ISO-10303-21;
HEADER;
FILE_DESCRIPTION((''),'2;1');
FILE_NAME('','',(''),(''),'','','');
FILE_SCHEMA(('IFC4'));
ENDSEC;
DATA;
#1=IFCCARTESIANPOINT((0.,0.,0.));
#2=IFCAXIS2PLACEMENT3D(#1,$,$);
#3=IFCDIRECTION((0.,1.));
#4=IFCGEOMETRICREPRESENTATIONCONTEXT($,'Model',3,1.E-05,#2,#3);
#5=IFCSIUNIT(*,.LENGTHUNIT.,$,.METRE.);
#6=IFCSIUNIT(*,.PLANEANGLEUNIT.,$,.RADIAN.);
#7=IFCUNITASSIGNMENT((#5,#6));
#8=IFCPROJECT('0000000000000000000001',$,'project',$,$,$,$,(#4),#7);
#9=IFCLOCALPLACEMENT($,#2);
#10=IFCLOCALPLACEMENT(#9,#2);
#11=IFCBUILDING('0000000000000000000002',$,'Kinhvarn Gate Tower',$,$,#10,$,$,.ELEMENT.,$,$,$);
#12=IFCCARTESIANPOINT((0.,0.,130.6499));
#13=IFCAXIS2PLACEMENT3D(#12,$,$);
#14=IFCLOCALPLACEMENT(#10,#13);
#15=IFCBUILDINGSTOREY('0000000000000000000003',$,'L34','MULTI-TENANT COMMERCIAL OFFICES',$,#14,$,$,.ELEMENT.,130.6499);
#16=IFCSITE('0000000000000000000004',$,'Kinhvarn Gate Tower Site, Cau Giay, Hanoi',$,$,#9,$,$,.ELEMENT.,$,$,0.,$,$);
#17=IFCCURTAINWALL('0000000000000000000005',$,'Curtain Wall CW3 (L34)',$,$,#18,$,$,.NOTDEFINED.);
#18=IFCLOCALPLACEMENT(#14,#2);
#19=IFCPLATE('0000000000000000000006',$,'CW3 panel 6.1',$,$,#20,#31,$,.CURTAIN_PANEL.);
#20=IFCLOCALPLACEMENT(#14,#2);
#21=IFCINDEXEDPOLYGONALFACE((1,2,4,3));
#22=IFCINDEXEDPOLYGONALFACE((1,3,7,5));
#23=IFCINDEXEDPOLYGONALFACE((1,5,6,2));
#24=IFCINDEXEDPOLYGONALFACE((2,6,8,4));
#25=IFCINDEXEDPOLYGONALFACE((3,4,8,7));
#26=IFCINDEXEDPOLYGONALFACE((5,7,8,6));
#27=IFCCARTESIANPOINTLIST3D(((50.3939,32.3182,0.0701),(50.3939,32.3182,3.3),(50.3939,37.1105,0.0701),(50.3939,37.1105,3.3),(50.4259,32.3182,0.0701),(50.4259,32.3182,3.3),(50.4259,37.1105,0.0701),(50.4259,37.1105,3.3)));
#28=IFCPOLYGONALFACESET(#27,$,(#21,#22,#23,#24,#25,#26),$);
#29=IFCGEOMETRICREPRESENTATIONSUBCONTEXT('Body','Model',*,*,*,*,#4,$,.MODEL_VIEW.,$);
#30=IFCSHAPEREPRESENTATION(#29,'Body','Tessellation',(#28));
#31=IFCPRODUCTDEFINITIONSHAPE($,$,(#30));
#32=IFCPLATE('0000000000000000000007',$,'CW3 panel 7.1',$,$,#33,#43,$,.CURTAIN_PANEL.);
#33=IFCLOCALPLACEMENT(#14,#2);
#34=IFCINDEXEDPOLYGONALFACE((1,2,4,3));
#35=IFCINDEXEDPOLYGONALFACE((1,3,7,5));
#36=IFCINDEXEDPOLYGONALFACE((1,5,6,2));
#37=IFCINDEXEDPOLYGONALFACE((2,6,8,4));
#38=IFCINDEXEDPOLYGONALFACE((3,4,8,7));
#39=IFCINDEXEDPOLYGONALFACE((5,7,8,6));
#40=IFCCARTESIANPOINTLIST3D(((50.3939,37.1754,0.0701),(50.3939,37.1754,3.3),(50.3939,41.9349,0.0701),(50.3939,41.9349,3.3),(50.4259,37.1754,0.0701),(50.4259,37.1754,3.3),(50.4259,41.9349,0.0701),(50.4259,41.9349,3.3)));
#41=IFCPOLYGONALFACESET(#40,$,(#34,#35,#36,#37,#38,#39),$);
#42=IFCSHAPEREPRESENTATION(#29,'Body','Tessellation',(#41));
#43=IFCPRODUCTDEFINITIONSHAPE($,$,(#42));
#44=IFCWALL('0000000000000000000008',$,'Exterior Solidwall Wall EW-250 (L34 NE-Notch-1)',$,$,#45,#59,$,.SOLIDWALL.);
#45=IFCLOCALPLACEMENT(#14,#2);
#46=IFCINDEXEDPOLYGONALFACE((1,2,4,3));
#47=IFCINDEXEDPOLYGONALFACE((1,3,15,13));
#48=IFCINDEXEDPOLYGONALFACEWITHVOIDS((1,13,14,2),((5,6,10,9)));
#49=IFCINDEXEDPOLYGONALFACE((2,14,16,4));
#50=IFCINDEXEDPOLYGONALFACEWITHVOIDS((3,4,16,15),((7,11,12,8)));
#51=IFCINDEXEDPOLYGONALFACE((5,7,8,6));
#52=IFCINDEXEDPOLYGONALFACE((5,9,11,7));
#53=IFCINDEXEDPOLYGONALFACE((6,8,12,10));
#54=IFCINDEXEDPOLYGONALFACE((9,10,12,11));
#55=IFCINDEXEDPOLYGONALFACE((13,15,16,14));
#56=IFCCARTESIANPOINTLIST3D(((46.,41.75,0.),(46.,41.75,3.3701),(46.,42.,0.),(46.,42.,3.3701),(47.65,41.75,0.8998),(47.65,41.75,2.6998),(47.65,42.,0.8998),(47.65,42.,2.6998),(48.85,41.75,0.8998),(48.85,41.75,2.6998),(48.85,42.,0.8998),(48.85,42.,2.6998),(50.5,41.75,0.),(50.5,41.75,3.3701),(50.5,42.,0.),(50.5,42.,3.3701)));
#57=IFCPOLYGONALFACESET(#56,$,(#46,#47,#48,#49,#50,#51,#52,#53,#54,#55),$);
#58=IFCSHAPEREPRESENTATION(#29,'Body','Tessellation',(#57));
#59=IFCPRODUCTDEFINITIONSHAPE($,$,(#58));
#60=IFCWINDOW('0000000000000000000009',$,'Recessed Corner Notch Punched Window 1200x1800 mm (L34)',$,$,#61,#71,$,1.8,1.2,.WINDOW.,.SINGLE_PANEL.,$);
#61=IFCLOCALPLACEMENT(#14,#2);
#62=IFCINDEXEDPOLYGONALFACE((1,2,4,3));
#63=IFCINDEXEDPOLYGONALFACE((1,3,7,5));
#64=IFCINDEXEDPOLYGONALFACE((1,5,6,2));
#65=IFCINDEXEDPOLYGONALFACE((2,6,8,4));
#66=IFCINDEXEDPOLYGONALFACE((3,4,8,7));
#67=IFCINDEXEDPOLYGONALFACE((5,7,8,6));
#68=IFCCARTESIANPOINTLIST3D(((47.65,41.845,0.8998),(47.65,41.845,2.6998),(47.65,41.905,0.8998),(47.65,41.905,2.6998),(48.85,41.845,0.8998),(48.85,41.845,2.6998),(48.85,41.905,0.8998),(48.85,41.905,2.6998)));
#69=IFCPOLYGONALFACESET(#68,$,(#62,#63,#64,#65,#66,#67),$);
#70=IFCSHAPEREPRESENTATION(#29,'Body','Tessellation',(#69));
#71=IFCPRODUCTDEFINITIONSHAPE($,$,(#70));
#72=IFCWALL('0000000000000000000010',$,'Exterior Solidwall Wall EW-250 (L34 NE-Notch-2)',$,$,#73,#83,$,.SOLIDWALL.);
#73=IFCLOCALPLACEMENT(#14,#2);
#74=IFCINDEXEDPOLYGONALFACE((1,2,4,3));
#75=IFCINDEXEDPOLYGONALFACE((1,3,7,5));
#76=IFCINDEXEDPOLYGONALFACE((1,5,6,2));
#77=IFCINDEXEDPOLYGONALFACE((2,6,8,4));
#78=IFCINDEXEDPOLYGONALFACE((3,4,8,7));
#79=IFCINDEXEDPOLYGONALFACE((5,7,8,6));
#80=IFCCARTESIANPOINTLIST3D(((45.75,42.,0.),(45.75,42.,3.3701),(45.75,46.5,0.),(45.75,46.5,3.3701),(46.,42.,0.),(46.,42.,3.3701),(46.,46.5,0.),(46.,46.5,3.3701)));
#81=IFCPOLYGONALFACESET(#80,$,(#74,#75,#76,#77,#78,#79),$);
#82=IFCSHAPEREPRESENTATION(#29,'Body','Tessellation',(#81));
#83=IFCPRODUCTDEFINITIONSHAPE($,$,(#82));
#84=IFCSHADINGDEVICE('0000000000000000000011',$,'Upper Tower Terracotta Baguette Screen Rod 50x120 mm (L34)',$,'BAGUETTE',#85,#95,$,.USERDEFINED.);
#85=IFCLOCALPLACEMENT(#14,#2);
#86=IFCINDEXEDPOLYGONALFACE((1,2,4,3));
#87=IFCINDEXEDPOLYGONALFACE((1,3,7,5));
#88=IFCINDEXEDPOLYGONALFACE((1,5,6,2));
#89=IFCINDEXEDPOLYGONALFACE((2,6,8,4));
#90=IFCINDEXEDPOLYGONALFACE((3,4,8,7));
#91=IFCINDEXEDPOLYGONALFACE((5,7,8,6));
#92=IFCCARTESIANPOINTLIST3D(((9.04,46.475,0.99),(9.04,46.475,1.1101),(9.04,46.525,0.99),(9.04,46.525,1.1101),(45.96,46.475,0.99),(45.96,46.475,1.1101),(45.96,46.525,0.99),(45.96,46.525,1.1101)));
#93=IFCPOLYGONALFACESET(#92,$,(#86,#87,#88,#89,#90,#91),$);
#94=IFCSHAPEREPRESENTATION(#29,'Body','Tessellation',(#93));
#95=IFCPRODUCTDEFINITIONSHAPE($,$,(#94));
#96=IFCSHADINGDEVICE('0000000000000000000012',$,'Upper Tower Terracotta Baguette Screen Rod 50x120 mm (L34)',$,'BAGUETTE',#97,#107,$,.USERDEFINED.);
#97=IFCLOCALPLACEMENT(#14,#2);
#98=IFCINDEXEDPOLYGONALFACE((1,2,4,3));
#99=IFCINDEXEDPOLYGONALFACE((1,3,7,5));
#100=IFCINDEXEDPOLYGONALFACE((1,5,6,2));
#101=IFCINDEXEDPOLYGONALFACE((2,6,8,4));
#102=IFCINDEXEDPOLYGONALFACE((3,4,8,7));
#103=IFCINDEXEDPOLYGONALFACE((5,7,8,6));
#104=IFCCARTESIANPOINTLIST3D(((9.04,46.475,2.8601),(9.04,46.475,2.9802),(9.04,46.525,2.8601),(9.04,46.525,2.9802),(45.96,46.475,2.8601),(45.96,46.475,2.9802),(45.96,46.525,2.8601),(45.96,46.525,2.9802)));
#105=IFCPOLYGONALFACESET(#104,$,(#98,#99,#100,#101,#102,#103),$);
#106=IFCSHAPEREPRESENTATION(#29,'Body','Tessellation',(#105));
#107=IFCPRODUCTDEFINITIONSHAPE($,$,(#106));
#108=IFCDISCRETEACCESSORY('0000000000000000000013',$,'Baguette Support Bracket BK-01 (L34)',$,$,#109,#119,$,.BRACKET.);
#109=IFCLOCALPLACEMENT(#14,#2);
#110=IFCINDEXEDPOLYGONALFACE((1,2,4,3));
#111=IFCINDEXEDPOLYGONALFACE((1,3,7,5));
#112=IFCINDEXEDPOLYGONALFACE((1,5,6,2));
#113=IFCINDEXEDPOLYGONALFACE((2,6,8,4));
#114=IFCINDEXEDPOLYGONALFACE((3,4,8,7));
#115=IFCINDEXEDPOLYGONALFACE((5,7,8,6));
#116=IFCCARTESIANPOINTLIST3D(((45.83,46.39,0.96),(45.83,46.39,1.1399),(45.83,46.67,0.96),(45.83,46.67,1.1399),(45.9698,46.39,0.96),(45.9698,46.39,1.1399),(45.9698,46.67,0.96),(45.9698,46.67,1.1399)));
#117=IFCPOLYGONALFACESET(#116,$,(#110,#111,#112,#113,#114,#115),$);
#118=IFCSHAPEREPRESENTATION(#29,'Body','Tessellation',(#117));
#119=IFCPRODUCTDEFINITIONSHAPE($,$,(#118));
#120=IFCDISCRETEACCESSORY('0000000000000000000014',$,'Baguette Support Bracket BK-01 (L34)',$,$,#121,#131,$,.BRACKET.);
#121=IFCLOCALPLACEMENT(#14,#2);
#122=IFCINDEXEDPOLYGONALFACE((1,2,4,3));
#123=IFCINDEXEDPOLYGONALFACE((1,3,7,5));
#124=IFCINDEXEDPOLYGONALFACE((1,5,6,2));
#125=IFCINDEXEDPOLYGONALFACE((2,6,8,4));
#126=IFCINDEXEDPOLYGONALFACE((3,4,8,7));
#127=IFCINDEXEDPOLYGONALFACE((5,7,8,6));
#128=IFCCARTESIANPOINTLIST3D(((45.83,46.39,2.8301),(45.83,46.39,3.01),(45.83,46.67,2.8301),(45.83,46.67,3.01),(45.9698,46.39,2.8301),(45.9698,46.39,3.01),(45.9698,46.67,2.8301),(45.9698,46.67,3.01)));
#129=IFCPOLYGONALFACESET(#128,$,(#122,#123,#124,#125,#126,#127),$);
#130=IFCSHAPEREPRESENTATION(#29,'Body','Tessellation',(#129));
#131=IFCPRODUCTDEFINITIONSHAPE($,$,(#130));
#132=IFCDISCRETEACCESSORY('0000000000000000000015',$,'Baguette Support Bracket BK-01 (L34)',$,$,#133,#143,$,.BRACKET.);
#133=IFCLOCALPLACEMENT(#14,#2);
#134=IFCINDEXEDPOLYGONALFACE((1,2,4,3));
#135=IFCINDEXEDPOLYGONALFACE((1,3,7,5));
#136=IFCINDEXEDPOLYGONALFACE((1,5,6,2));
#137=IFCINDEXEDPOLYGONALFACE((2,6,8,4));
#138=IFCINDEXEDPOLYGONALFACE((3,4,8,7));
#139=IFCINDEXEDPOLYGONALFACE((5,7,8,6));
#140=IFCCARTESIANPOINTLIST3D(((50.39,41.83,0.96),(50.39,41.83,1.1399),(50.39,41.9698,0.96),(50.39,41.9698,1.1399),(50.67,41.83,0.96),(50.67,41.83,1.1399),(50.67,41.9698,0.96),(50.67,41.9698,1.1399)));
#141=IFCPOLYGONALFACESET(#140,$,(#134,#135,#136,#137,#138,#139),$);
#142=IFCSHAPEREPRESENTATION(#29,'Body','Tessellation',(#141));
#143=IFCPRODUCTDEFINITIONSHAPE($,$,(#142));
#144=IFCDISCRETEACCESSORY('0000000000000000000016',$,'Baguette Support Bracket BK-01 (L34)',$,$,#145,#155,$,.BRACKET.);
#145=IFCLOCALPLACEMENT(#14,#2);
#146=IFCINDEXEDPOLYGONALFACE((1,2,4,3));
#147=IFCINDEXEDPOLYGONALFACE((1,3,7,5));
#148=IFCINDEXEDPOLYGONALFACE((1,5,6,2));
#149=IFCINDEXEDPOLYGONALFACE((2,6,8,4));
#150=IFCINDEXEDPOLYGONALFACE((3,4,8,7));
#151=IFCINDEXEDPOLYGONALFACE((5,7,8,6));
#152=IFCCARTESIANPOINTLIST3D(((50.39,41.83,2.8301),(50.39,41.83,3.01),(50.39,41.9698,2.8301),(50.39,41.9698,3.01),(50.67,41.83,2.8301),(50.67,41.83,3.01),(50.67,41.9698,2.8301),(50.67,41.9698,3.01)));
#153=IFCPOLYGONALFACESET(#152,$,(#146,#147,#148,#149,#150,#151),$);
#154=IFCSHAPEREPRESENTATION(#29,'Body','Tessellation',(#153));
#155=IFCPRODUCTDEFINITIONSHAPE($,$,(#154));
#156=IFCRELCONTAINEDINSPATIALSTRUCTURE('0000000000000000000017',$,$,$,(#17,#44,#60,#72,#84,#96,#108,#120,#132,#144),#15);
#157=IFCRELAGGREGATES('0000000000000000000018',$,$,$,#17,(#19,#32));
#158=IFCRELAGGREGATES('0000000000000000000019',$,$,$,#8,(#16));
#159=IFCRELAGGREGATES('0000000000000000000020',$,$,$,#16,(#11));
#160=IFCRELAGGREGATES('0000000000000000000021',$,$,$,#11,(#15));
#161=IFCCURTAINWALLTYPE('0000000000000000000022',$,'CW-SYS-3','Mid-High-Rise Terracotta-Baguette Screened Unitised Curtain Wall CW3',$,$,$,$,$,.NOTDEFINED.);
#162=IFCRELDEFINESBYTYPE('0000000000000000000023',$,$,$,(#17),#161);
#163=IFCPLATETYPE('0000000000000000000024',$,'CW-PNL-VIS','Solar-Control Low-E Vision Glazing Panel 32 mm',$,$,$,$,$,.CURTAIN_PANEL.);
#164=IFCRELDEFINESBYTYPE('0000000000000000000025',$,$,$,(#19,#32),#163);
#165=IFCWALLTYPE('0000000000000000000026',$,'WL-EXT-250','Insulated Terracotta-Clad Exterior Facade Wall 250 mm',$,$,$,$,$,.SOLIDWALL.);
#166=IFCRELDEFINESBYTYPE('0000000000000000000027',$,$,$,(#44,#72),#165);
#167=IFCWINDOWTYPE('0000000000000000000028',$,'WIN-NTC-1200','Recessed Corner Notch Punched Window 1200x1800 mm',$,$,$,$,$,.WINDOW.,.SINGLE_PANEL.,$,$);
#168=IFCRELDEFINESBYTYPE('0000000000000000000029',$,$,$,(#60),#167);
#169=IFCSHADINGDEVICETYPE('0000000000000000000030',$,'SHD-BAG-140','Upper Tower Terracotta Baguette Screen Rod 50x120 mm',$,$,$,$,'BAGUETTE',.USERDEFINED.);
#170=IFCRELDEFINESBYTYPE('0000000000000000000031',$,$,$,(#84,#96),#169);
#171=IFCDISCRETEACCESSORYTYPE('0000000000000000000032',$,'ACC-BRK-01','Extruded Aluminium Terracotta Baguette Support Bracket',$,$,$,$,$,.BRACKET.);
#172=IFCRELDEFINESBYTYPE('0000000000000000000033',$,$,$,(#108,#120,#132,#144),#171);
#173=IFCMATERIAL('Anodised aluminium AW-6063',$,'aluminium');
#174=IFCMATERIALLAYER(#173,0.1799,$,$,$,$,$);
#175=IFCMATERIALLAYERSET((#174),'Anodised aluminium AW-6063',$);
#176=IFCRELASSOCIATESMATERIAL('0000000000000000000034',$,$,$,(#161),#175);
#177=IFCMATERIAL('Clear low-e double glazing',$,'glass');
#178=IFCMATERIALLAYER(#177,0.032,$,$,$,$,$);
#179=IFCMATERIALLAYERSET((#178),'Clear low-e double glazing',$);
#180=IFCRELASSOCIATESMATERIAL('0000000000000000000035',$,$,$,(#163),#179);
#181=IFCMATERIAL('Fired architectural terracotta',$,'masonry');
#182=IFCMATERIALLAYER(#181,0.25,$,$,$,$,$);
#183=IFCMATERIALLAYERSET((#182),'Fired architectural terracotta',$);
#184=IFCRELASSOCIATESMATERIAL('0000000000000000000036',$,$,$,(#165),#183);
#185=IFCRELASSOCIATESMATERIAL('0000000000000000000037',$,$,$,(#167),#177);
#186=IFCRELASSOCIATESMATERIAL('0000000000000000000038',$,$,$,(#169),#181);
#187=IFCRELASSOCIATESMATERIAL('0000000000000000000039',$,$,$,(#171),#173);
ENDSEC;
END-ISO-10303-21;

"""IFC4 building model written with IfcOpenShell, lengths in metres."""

from ifc_helpers import new_model, si_unit, direction, frame, frame_2d, origin, origin_2d, place, context, subcontext, project, spatial, rectangle, extrude, material, layer, layer_set, material_profile, profile_set, type_object, element, fill, aggregate, save


model = new_model("IFC4")

# Units and contexts
model_context = context("Model", 3, precision=1e-05, world=origin(), true_north=direction((0.0, 1.0)))
body_context = subcontext(model_context, "Body", "Model", "MODEL_VIEW")
ifc_project = project(units=[si_unit("LENGTHUNIT", "METRE"), si_unit("PLANEANGLEUNIT", "RADIAN")], contexts=[model_context])

# Site, building, storey
site_placement = place(None, origin())
site = spatial("IfcSite", under=ifc_project, at=site_placement, Name="Kinhvarn Gate Tower Site, Cau Giay, Hanoi", CompositionType="ELEMENT", RefElevation=0.0)
building_placement = place(site_placement, origin())
building = spatial("IfcBuilding", under=site, at=building_placement, Name="Kinhvarn Gate Tower", CompositionType="ELEMENT")
storey_placement = place(building_placement, frame((0.0, 0.0, 130.6499)))
storey = spatial("IfcBuildingStorey", under=building, at=storey_placement, Name="L34", Description="MULTI-TENANT COMMERCIAL OFFICES", CompositionType="ELEMENT", Elevation=130.6499)

# Curtain wall
ifc_material_1 = material(Name="Anodised aluminium AW-6063", Category="aluminium")
ifc_layer_1 = layer(ifc_material_1, 0.1799)
ifc_layer_set_1 = layer_set([ifc_layer_1], Name="Anodised aluminium AW-6063")
curtain_wall_type = type_object("IfcCurtainWallType", Name="CW-SYS-3", Description="Mid-High-Rise Terracotta-Baguette Screened Unitised Curtain Wall CW3", PredefinedType="NOTDEFINED", material=ifc_layer_set_1)
curtain_wall_1_placement = place(storey_placement, origin())
curtain_wall_1 = element("IfcCurtainWall", 1, at=curtain_wall_1_placement, inside=storey, type_object=curtain_wall_type, Name="Curtain Wall CW3 (L34)", PredefinedType="NOTDEFINED")

# Plates
ifc_material_2 = material(Name="Clear low-e double glazing", Category="glass")
ifc_layer_2 = layer(ifc_material_2, 0.032)
ifc_layer_set_2 = layer_set([ifc_layer_2], Name="Clear low-e double glazing")
plate_type = type_object("IfcPlateType", Name="CW-PNL-VIS", Description="Solar-Control Low-E Vision Glazing Panel 32 mm", PredefinedType="CURTAIN_PANEL", material=ifc_layer_set_2)
plate_1_placement = place(storey_placement, frame((50.4099, 34.7144, 0.0701), z_axis=(0.0, 0.0, 1.0), x_axis=(0.0, 1.0, 0.0)))
plate_1 = element("IfcPlate", 2, at=plate_1_placement, type_object=plate_type, Name="CW3 panel 6.1", PredefinedType="CURTAIN_PANEL", context=body_context, shape_type="SweptSolid", body=[
    extrude(rectangle(XDim=4.7922, YDim=0.032, at=origin_2d()), origin(), (0.0, 0.0, 1.0), 3.23),
])
plate_2_placement = place(storey_placement, frame((50.4099, 39.5552, 0.0701), z_axis=(0.0, 0.0, 1.0), x_axis=(0.0, 1.0, 0.0)))
plate_2 = element("IfcPlate", 3, at=plate_2_placement, type_object=plate_type, Name="CW3 panel 7.1", PredefinedType="CURTAIN_PANEL", context=body_context, shape_type="SweptSolid", body=[
    extrude(rectangle(XDim=4.7595, YDim=0.032, at=origin_2d()), origin(), (0.0, 0.0, 1.0), 3.23),
])
aggregate(curtain_wall_1, [plate_1, plate_2])

# Wall, opening, window
ifc_material_3 = material(Name="Fired architectural terracotta", Category="masonry")
ifc_layer_3 = layer(ifc_material_3, 0.25)
ifc_layer_set_3 = layer_set([ifc_layer_3], Name="Fired architectural terracotta")
wall_type = type_object("IfcWallType", Name="WL-EXT-250", Description="Insulated Terracotta-Clad Exterior Facade Wall 250 mm", PredefinedType="SOLIDWALL", material=ifc_layer_set_3)
wall_1_placement = place(storey_placement, frame((50.5, 41.875, 0.0), z_axis=(0.0, 0.0, 1.0), x_axis=(-1.0, 0.0, 0.0)))
wall_1 = element("IfcWall", 4, at=wall_1_placement, inside=storey, type_object=wall_type, Name="Exterior Solidwall Wall EW-250 (L34 NE-Notch-1)", PredefinedType="SOLIDWALL", context=body_context, shape_type="SweptSolid", body=[
    extrude(rectangle(XDim=4.5, YDim=0.25, at=frame_2d((2.25, 0.0))), origin(), (0.0, 0.0, 1.0), 3.3701),
])
opening_placement = place(wall_1_placement, frame((1.6499, 0.0, 0.8999)))
opening = element("IfcOpeningElement", 5, at=opening_placement, cuts=wall_1, PredefinedType="OPENING", context=body_context, shape_type="SweptSolid", body=[
    extrude(rectangle(XDim=1.2, YDim=1.8, at=frame_2d((0.6001, 0.8999))), frame((0.0, 0.135, 0.0), z_axis=(0.0, -1.0, 0.0), x_axis=(1.0, 0.0, 0.0)), (0.0, 0.0, 1.0), 0.27),
])
window_type = type_object("IfcWindowType", Name="WIN-NTC-1200", Description="Recessed Corner Notch Punched Window 1200x1800 mm", PartitioningType="SINGLE_PANEL", PredefinedType="WINDOW", material=ifc_material_2)
window_placement = place(opening_placement, origin())
window = element("IfcWindow", 6, at=window_placement, inside=storey, type_object=window_type, Name="Recessed Corner Notch Punched Window 1200x1800 mm (L34)", OverallHeight=1.8, OverallWidth=1.2, PartitioningType="SINGLE_PANEL", PredefinedType="WINDOW", context=body_context, shape_type="SweptSolid", body=[
    extrude(rectangle(XDim=1.2, YDim=1.8, at=frame_2d((0.6001, 0.8999))), frame((0.0, 0.03, 0.0), z_axis=(0.0, -1.0, 0.0), x_axis=(1.0, 0.0, 0.0)), (0.0, 0.0, 1.0), 0.0601),
])
fill(opening, window)

# Wall
wall_2_placement = place(storey_placement, frame((45.875, 42.0, 0.0), z_axis=(0.0, 0.0, 1.0), x_axis=(0.0, 1.0, 0.0)))
element("IfcWall", 7, at=wall_2_placement, inside=storey, type_object=wall_type, Name="Exterior Solidwall Wall EW-250 (L34 NE-Notch-2)", PredefinedType="SOLIDWALL", context=body_context, shape_type="SweptSolid", body=[
    extrude(rectangle(XDim=4.5, YDim=0.25, at=frame_2d((2.25, 0.0))), origin(), (0.0, 0.0, 1.0), 3.3701),
])

# Shading devices
ifc_material_profile_1 = material_profile(ifc_material_3, rectangle(XDim=0.05, YDim=0.1201, at=origin_2d()), Name="TC 50x120")
ifc_profile_set_1 = profile_set([ifc_material_profile_1], Name="Fired architectural terracotta")
shading_device_type = type_object("IfcShadingDeviceType", Name="SHD-BAG-140", Description="Upper Tower Terracotta Baguette Screen Rod 50x120 mm", ElementType="BAGUETTE", PredefinedType="USERDEFINED", material=ifc_profile_set_1)
for number, where, z_axis, x_axis, name in (
    (8, (45.96, 46.5, 1.05), (-1.0, 0.0, 0.0), (0.0, -1.0, 0.0), "Upper Tower Terracotta Baguette Screen Rod 50x120 mm (L34)"),
    (9, (45.96, 46.5, 2.9202), (-1.0, 0.0, 0.0), (0.0, -1.0, 0.0), "Upper Tower Terracotta Baguette Screen Rod 50x120 mm (L34)"),
):
    element("IfcShadingDevice", number, at=place(storey_placement, frame(where, z_axis=z_axis, x_axis=x_axis)), inside=storey, type_object=shading_device_type, Name=name, ObjectType="BAGUETTE", PredefinedType="USERDEFINED", context=body_context, shape_type="SweptSolid", body=[
        extrude(rectangle(XDim=0.05, YDim=0.1201, at=origin_2d()), origin(), (0.0, 0.0, 1.0), 36.9199),
    ])

# Discrete accessories
discrete_accessory_type = type_object("IfcDiscreteAccessoryType", Name="ACC-BRK-01", Description="Extruded Aluminium Terracotta Baguette Support Bracket", PredefinedType="BRACKET", material=ifc_material_1)
for number, where, z_axis, x_axis, name in (
    (10, (45.8999, 46.53, 0.96), (0.0, 0.0, 1.0), (-1.0, 0.0, 0.0), "Baguette Support Bracket BK-01 (L34)"),
    (11, (45.8999, 46.53, 2.8301), (0.0, 0.0, 1.0), (-1.0, 0.0, 0.0), "Baguette Support Bracket BK-01 (L34)"),
    (12, (50.53, 41.8999, 0.96), (0.0, 0.0, 1.0), (0.0, 1.0, 0.0), "Baguette Support Bracket BK-01 (L34)"),
    (13, (50.53, 41.8999, 2.8301), (0.0, 0.0, 1.0), (0.0, 1.0, 0.0), "Baguette Support Bracket BK-01 (L34)"),
):
    element("IfcDiscreteAccessory", number, at=place(storey_placement, frame(where, z_axis=z_axis, x_axis=x_axis)), inside=storey, type_object=discrete_accessory_type, Name=name, PredefinedType="BRACKET", context=body_context, shape_type="SweptSolid", body=[
        extrude(rectangle(XDim=0.1399, YDim=0.28, at=origin_2d()), origin(), (0.0, 0.0, 1.0), 0.1799),
    ])

save(model, "model.ifc")
